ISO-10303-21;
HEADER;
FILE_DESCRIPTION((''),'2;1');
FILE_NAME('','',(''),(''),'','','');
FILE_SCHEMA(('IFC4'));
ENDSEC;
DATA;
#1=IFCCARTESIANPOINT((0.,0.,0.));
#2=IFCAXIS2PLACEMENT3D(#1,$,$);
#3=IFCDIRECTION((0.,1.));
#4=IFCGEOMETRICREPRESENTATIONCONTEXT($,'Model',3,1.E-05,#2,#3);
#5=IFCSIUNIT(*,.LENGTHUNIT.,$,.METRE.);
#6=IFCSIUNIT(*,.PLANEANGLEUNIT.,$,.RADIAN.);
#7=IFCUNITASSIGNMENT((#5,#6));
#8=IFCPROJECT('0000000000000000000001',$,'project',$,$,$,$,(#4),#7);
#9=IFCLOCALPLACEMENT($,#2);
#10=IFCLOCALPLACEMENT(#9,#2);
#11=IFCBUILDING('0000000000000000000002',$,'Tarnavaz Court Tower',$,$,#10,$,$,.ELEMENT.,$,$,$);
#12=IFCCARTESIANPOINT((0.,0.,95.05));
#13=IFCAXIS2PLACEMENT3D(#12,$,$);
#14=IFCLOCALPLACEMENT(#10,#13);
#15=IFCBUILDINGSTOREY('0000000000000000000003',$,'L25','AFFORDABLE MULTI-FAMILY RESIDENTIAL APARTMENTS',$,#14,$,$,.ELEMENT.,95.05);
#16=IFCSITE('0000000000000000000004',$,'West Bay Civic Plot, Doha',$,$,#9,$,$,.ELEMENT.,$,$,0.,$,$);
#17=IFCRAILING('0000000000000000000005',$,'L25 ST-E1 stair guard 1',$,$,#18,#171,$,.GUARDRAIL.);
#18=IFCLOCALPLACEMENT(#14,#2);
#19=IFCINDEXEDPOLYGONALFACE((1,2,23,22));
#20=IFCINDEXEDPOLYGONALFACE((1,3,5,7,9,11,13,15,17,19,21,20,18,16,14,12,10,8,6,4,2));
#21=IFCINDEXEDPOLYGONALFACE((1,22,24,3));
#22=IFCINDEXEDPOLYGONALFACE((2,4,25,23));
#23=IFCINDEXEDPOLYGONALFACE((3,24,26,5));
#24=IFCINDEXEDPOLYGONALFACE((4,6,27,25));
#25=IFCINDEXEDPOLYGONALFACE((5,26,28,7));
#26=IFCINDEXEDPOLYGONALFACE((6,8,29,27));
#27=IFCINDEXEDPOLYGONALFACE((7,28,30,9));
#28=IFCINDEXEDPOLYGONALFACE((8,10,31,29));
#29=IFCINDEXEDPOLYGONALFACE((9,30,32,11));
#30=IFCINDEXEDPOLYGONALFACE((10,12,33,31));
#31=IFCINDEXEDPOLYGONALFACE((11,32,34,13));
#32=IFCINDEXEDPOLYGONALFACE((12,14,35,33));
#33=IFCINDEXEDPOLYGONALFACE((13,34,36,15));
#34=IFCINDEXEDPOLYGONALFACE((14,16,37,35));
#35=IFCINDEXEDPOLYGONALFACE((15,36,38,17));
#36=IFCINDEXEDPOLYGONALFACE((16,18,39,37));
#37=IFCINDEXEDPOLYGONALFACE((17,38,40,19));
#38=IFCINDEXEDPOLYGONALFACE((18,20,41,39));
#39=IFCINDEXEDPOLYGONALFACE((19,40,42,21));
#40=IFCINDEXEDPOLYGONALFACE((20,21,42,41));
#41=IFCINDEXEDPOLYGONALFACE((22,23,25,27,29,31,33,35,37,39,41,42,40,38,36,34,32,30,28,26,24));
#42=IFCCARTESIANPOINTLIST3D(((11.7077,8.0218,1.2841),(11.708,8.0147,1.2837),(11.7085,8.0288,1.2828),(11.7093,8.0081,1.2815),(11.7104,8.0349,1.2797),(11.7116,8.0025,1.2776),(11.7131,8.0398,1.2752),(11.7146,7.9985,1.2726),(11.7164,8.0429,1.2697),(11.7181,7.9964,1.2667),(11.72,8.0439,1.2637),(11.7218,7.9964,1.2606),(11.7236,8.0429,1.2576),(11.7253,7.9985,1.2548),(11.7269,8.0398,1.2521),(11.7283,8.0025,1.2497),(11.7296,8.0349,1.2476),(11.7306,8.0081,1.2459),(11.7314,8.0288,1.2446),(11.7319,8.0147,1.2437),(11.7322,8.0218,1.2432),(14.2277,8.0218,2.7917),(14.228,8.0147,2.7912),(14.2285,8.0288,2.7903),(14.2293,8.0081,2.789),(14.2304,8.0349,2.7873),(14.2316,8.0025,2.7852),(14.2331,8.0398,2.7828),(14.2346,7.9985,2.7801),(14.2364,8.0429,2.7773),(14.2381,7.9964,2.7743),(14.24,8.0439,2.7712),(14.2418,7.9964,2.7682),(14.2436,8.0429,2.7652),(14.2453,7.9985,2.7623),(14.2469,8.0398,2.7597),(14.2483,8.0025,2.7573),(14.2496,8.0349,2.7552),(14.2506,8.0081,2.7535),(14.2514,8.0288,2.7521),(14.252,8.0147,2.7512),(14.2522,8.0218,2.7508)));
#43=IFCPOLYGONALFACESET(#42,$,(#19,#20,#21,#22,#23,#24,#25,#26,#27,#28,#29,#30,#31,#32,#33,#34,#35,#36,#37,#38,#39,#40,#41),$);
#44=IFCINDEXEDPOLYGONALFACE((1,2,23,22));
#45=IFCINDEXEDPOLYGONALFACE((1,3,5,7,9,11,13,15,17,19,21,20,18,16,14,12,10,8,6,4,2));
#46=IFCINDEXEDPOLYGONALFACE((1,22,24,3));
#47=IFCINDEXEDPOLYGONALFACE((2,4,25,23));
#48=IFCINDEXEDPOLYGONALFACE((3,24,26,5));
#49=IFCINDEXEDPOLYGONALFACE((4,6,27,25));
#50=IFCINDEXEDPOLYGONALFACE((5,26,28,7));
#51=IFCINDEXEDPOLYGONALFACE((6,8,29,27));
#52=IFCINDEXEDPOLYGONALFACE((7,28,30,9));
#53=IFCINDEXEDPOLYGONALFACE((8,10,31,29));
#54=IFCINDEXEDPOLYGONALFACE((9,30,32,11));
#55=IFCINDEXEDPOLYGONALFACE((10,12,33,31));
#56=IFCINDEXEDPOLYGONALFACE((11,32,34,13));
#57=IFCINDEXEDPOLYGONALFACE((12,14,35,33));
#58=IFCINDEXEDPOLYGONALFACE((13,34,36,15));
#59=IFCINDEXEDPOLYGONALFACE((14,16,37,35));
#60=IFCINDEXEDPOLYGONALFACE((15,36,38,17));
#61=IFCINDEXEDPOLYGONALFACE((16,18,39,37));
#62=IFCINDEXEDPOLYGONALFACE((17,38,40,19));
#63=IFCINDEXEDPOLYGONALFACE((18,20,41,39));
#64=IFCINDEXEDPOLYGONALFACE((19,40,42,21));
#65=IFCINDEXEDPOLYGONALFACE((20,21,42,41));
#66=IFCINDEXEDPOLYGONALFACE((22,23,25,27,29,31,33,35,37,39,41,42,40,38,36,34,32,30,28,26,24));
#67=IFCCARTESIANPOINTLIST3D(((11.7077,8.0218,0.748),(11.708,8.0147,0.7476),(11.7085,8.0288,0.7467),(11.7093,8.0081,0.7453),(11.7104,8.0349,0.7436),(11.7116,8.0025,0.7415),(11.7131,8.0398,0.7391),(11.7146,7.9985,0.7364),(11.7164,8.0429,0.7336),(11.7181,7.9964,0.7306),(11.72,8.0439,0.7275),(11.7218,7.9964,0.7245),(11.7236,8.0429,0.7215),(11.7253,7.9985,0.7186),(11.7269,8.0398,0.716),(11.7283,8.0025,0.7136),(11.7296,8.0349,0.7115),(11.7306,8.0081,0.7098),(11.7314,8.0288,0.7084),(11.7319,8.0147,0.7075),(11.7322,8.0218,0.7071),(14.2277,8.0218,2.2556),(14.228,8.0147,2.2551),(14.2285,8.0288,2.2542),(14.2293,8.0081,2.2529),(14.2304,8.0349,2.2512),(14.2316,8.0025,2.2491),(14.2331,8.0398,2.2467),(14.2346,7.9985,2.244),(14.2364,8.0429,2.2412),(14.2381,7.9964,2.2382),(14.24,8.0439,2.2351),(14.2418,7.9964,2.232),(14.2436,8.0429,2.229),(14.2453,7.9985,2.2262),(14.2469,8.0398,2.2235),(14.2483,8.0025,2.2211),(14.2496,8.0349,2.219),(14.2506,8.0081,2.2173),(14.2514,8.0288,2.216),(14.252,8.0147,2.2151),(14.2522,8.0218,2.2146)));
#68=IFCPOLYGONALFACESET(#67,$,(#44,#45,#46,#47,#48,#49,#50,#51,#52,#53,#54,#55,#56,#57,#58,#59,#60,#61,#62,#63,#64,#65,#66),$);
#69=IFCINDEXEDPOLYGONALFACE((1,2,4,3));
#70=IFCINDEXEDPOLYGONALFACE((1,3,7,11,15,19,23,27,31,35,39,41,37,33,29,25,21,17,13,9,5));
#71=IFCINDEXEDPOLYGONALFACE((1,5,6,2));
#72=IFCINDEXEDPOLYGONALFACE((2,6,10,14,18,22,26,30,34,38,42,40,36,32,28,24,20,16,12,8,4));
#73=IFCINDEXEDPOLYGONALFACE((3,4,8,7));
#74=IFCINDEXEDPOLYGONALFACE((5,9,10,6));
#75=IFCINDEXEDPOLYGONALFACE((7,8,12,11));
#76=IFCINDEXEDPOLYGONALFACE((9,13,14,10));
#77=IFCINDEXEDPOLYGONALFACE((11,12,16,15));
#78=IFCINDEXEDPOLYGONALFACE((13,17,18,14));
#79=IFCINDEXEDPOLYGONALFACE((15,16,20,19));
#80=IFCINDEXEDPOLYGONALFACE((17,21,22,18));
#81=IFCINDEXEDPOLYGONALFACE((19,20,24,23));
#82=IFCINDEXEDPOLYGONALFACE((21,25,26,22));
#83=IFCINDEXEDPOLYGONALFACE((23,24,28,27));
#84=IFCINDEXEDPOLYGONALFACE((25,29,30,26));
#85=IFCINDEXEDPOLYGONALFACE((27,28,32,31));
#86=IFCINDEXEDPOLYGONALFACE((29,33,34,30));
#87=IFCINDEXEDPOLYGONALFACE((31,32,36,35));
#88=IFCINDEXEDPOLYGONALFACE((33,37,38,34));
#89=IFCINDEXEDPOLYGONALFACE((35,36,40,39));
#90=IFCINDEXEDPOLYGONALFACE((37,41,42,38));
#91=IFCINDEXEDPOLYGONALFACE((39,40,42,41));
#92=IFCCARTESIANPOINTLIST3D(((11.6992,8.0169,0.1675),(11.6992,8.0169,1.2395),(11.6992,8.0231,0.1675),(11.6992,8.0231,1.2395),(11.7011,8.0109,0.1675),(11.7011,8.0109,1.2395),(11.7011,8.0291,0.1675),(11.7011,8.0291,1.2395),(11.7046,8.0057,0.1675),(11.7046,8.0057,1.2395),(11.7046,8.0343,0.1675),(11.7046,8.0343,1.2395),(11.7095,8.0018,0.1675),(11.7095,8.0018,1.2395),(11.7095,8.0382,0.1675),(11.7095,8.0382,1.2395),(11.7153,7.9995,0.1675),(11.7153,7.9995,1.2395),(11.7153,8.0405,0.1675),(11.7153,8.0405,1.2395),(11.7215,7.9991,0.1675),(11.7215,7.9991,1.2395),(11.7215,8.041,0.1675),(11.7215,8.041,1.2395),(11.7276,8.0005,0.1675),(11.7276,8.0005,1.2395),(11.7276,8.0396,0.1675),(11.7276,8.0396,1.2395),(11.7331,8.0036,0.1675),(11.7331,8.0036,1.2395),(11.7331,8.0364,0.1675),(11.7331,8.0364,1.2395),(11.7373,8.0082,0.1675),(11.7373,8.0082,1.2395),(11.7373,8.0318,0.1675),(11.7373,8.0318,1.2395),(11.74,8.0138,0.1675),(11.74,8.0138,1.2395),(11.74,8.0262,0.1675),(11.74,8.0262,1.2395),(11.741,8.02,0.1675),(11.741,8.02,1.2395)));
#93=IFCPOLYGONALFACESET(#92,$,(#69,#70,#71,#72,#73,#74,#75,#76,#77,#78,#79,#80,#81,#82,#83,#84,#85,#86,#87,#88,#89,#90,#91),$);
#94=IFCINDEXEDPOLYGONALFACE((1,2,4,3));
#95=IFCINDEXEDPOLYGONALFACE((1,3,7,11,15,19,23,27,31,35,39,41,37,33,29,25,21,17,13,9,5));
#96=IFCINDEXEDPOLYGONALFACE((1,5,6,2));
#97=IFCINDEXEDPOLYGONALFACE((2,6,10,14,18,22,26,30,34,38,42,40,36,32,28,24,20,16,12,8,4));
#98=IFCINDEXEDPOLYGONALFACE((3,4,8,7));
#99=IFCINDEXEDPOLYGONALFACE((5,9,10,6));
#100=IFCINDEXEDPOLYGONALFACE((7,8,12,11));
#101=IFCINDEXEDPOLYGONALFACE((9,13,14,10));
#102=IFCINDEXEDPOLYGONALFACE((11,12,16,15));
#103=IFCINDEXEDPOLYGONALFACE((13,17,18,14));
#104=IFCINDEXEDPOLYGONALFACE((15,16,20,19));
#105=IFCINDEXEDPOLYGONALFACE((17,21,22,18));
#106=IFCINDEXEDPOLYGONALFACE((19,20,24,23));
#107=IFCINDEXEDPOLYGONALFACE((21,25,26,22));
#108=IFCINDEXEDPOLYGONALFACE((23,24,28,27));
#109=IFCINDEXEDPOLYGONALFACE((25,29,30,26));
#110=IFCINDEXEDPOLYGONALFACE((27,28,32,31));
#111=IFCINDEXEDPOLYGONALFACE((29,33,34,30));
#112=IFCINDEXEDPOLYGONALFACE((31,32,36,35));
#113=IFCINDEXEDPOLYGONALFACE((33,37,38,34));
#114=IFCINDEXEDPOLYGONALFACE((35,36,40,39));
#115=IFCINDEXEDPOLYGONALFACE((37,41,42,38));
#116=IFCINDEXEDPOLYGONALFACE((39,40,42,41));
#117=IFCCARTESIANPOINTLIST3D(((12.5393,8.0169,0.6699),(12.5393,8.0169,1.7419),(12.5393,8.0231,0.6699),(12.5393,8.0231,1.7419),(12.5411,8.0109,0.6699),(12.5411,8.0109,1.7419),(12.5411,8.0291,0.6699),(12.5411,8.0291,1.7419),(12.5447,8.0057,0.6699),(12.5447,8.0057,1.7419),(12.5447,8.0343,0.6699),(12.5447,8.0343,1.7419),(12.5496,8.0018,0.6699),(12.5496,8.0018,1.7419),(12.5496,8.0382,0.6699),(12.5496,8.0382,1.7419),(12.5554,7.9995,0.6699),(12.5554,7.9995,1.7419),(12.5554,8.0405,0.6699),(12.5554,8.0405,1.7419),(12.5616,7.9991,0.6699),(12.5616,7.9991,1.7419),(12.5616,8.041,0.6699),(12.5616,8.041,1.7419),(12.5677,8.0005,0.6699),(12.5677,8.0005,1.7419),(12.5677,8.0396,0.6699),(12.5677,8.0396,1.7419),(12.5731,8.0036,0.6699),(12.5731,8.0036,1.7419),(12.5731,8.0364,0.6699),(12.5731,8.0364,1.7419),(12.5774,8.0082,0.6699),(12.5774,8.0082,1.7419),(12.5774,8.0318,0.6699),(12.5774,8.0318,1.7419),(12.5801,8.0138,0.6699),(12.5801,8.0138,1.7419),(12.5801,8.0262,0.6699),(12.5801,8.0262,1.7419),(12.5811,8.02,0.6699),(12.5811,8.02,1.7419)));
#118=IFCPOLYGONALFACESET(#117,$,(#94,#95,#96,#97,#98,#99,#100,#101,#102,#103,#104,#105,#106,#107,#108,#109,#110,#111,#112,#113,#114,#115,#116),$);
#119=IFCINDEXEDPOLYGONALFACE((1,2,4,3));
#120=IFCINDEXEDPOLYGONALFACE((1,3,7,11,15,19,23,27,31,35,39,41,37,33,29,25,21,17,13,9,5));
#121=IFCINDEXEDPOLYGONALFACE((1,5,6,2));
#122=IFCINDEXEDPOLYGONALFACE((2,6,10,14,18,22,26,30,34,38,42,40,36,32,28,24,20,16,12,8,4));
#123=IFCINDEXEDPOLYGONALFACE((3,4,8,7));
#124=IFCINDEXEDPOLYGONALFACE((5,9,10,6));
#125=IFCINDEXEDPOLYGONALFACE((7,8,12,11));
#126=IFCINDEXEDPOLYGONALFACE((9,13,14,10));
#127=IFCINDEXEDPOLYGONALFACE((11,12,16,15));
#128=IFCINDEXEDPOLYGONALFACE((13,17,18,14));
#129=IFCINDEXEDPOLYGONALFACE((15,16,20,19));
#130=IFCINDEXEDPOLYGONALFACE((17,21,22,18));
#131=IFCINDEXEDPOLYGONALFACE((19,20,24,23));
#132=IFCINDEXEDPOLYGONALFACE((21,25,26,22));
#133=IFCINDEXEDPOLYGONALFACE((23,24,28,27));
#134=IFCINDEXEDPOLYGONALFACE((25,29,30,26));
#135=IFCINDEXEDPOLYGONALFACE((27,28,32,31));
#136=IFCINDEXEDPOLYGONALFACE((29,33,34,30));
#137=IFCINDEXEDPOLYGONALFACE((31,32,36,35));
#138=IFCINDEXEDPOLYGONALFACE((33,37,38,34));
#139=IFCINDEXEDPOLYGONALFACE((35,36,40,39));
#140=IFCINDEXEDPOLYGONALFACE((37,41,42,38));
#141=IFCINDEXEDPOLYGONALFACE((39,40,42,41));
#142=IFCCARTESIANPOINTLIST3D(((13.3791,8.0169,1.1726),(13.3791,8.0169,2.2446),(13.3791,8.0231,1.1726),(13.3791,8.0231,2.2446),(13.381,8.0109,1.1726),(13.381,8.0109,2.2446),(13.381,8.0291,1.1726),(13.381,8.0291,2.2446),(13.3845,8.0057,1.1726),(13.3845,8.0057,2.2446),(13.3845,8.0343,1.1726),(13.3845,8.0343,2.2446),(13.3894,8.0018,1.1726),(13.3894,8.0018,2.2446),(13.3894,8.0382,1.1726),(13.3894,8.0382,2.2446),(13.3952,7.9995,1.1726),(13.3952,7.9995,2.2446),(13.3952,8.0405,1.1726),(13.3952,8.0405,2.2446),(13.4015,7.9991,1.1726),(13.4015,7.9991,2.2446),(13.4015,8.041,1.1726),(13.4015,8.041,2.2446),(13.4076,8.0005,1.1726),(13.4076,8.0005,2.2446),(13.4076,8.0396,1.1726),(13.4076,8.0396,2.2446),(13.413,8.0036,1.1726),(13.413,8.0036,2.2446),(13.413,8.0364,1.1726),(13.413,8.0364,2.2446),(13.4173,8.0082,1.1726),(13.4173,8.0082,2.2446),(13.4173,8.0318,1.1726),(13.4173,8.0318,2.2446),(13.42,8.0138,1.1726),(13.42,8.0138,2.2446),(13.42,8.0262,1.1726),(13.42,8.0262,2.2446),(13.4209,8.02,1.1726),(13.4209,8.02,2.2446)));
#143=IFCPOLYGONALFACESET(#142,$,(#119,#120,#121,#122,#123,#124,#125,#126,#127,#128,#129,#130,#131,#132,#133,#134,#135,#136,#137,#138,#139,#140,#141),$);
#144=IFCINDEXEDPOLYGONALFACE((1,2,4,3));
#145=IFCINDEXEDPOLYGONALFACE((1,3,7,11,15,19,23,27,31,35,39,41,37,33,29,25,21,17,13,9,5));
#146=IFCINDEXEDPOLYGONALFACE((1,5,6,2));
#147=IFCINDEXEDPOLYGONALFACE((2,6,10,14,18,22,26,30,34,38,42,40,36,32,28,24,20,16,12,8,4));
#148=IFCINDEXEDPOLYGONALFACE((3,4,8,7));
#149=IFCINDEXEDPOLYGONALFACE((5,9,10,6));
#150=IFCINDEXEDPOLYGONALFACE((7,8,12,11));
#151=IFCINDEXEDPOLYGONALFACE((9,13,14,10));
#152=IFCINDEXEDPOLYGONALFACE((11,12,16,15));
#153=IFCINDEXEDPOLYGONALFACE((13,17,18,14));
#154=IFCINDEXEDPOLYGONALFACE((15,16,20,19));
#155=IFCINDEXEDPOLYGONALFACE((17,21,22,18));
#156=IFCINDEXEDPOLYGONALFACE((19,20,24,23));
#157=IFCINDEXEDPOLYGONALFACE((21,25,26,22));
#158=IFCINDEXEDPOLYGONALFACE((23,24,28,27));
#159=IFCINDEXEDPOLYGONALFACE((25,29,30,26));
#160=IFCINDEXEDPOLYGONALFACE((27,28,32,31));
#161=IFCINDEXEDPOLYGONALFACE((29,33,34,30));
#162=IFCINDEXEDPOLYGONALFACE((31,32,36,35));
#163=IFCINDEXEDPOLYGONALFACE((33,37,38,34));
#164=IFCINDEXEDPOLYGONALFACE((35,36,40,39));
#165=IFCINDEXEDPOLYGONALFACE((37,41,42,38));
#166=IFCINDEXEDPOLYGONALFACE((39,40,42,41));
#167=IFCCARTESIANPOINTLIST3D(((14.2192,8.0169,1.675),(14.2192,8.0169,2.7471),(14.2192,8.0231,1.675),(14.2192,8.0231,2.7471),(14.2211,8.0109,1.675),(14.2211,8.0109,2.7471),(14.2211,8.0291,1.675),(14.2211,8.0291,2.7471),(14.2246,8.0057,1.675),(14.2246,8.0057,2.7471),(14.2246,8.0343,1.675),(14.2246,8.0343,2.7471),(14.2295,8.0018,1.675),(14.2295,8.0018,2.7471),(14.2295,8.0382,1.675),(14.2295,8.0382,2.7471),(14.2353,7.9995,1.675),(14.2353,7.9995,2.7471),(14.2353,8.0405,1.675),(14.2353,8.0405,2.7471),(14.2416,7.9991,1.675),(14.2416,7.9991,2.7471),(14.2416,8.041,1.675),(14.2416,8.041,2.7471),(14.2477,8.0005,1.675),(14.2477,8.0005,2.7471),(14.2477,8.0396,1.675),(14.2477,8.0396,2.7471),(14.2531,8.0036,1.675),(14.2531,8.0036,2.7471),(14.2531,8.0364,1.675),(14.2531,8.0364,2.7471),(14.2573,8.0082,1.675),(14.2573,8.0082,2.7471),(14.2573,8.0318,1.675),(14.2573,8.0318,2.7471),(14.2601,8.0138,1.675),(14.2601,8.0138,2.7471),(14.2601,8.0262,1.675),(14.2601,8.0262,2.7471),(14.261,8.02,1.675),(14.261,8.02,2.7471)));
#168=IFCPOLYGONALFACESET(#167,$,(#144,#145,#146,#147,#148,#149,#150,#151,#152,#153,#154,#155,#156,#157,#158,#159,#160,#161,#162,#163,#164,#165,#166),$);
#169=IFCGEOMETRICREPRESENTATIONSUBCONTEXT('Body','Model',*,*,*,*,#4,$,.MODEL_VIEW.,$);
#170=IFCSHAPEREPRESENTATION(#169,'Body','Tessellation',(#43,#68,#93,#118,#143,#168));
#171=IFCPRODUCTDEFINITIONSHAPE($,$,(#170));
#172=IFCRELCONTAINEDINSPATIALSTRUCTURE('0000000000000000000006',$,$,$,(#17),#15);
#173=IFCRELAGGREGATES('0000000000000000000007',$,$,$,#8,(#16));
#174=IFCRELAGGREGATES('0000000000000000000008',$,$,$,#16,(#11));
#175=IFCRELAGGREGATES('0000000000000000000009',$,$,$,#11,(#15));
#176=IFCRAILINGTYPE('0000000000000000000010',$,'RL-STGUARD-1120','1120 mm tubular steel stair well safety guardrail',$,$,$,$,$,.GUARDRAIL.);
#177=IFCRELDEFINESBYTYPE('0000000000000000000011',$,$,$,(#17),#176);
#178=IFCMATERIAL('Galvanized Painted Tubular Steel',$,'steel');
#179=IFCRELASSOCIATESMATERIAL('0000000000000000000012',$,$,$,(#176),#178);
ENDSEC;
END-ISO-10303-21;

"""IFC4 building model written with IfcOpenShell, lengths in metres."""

from ifc_helpers import new_model, si_unit, direction, frame, origin, origin_2d, place, context, subcontext, project, spatial, circle, extrude, material, type_object, element, save


model = new_model("IFC4")

# Units and contexts
model_context = context("Model", 3, precision=1e-05, world=origin(), true_north=direction((0.0, 1.0)))
body_context = subcontext(model_context, "Body", "Model", "MODEL_VIEW")
ifc_project = project(units=[si_unit("LENGTHUNIT", "METRE"), si_unit("PLANEANGLEUNIT", "RADIAN")], contexts=[model_context])

# Site, building, storey
site_placement = place(None, origin())
site = spatial("IfcSite", under=ifc_project, at=site_placement, Name="West Bay Civic Plot, Doha", CompositionType="ELEMENT", RefElevation=0.0)
building_placement = place(site_placement, origin())
building = spatial("IfcBuilding", under=site, at=building_placement, Name="Tarnavaz Court Tower", CompositionType="ELEMENT")
storey_placement = place(building_placement, frame((0.0, 0.0, 95.05)))
storey = spatial("IfcBuildingStorey", under=building, at=storey_placement, Name="L25", Description="AFFORDABLE MULTI-FAMILY RESIDENTIAL APARTMENTS", CompositionType="ELEMENT", Elevation=95.05)

# Railing
ifc_material_1 = material(Name="Galvanized Painted Tubular Steel", Category="steel")
railing_type_1 = type_object("IfcRailingType", Name="RL-STGUARD-1120", Description="1120 mm tubular steel stair well safety guardrail", PredefinedType="GUARDRAIL", material=ifc_material_1)
railing_1_placement = place(storey_placement, frame((11.72, 8.02, 0.1675)))
element("IfcRailing", 1, at=railing_1_placement, inside=storey, type_object=railing_type_1, Name="L25 ST-E1 stair guard 1", PredefinedType="GUARDRAIL", context=body_context, shape_type="SweptSolid", body=[
    extrude(circle(Radius=0.0239, at=origin_2d()), frame((0.0, 0.0, 1.0962), z_axis=(0.85816, 0.0, 0.513383), x_axis=(0.0, 1.0, 0.0)), (0.0, 0.0, 1.0), 2.9365),
    extrude(circle(Radius=0.0239, at=origin_2d()), frame((0.0, 0.0, 0.5601), z_axis=(0.85816, 0.0, 0.513383), x_axis=(0.0, 1.0, 0.0)), (0.0, 0.0, 1.0), 2.9365),
    extrude(circle(Radius=0.021, at=origin_2d()), origin(), (0.0, 0.0, 1.0), 1.072),
    extrude(circle(Radius=0.021, at=origin_2d()), frame((0.8401, 0.0, 0.5024)), (0.0, 0.0, 1.0), 1.072),
    extrude(circle(Radius=0.021, at=origin_2d()), frame((1.6799, 0.0, 1.0051)), (0.0, 0.0, 1.0), 1.072),
    extrude(circle(Radius=0.021, at=origin_2d()), frame((2.52, 0.0, 1.5076)), (0.0, 0.0, 1.0), 1.072),
])

save(model, "model.ifc")
